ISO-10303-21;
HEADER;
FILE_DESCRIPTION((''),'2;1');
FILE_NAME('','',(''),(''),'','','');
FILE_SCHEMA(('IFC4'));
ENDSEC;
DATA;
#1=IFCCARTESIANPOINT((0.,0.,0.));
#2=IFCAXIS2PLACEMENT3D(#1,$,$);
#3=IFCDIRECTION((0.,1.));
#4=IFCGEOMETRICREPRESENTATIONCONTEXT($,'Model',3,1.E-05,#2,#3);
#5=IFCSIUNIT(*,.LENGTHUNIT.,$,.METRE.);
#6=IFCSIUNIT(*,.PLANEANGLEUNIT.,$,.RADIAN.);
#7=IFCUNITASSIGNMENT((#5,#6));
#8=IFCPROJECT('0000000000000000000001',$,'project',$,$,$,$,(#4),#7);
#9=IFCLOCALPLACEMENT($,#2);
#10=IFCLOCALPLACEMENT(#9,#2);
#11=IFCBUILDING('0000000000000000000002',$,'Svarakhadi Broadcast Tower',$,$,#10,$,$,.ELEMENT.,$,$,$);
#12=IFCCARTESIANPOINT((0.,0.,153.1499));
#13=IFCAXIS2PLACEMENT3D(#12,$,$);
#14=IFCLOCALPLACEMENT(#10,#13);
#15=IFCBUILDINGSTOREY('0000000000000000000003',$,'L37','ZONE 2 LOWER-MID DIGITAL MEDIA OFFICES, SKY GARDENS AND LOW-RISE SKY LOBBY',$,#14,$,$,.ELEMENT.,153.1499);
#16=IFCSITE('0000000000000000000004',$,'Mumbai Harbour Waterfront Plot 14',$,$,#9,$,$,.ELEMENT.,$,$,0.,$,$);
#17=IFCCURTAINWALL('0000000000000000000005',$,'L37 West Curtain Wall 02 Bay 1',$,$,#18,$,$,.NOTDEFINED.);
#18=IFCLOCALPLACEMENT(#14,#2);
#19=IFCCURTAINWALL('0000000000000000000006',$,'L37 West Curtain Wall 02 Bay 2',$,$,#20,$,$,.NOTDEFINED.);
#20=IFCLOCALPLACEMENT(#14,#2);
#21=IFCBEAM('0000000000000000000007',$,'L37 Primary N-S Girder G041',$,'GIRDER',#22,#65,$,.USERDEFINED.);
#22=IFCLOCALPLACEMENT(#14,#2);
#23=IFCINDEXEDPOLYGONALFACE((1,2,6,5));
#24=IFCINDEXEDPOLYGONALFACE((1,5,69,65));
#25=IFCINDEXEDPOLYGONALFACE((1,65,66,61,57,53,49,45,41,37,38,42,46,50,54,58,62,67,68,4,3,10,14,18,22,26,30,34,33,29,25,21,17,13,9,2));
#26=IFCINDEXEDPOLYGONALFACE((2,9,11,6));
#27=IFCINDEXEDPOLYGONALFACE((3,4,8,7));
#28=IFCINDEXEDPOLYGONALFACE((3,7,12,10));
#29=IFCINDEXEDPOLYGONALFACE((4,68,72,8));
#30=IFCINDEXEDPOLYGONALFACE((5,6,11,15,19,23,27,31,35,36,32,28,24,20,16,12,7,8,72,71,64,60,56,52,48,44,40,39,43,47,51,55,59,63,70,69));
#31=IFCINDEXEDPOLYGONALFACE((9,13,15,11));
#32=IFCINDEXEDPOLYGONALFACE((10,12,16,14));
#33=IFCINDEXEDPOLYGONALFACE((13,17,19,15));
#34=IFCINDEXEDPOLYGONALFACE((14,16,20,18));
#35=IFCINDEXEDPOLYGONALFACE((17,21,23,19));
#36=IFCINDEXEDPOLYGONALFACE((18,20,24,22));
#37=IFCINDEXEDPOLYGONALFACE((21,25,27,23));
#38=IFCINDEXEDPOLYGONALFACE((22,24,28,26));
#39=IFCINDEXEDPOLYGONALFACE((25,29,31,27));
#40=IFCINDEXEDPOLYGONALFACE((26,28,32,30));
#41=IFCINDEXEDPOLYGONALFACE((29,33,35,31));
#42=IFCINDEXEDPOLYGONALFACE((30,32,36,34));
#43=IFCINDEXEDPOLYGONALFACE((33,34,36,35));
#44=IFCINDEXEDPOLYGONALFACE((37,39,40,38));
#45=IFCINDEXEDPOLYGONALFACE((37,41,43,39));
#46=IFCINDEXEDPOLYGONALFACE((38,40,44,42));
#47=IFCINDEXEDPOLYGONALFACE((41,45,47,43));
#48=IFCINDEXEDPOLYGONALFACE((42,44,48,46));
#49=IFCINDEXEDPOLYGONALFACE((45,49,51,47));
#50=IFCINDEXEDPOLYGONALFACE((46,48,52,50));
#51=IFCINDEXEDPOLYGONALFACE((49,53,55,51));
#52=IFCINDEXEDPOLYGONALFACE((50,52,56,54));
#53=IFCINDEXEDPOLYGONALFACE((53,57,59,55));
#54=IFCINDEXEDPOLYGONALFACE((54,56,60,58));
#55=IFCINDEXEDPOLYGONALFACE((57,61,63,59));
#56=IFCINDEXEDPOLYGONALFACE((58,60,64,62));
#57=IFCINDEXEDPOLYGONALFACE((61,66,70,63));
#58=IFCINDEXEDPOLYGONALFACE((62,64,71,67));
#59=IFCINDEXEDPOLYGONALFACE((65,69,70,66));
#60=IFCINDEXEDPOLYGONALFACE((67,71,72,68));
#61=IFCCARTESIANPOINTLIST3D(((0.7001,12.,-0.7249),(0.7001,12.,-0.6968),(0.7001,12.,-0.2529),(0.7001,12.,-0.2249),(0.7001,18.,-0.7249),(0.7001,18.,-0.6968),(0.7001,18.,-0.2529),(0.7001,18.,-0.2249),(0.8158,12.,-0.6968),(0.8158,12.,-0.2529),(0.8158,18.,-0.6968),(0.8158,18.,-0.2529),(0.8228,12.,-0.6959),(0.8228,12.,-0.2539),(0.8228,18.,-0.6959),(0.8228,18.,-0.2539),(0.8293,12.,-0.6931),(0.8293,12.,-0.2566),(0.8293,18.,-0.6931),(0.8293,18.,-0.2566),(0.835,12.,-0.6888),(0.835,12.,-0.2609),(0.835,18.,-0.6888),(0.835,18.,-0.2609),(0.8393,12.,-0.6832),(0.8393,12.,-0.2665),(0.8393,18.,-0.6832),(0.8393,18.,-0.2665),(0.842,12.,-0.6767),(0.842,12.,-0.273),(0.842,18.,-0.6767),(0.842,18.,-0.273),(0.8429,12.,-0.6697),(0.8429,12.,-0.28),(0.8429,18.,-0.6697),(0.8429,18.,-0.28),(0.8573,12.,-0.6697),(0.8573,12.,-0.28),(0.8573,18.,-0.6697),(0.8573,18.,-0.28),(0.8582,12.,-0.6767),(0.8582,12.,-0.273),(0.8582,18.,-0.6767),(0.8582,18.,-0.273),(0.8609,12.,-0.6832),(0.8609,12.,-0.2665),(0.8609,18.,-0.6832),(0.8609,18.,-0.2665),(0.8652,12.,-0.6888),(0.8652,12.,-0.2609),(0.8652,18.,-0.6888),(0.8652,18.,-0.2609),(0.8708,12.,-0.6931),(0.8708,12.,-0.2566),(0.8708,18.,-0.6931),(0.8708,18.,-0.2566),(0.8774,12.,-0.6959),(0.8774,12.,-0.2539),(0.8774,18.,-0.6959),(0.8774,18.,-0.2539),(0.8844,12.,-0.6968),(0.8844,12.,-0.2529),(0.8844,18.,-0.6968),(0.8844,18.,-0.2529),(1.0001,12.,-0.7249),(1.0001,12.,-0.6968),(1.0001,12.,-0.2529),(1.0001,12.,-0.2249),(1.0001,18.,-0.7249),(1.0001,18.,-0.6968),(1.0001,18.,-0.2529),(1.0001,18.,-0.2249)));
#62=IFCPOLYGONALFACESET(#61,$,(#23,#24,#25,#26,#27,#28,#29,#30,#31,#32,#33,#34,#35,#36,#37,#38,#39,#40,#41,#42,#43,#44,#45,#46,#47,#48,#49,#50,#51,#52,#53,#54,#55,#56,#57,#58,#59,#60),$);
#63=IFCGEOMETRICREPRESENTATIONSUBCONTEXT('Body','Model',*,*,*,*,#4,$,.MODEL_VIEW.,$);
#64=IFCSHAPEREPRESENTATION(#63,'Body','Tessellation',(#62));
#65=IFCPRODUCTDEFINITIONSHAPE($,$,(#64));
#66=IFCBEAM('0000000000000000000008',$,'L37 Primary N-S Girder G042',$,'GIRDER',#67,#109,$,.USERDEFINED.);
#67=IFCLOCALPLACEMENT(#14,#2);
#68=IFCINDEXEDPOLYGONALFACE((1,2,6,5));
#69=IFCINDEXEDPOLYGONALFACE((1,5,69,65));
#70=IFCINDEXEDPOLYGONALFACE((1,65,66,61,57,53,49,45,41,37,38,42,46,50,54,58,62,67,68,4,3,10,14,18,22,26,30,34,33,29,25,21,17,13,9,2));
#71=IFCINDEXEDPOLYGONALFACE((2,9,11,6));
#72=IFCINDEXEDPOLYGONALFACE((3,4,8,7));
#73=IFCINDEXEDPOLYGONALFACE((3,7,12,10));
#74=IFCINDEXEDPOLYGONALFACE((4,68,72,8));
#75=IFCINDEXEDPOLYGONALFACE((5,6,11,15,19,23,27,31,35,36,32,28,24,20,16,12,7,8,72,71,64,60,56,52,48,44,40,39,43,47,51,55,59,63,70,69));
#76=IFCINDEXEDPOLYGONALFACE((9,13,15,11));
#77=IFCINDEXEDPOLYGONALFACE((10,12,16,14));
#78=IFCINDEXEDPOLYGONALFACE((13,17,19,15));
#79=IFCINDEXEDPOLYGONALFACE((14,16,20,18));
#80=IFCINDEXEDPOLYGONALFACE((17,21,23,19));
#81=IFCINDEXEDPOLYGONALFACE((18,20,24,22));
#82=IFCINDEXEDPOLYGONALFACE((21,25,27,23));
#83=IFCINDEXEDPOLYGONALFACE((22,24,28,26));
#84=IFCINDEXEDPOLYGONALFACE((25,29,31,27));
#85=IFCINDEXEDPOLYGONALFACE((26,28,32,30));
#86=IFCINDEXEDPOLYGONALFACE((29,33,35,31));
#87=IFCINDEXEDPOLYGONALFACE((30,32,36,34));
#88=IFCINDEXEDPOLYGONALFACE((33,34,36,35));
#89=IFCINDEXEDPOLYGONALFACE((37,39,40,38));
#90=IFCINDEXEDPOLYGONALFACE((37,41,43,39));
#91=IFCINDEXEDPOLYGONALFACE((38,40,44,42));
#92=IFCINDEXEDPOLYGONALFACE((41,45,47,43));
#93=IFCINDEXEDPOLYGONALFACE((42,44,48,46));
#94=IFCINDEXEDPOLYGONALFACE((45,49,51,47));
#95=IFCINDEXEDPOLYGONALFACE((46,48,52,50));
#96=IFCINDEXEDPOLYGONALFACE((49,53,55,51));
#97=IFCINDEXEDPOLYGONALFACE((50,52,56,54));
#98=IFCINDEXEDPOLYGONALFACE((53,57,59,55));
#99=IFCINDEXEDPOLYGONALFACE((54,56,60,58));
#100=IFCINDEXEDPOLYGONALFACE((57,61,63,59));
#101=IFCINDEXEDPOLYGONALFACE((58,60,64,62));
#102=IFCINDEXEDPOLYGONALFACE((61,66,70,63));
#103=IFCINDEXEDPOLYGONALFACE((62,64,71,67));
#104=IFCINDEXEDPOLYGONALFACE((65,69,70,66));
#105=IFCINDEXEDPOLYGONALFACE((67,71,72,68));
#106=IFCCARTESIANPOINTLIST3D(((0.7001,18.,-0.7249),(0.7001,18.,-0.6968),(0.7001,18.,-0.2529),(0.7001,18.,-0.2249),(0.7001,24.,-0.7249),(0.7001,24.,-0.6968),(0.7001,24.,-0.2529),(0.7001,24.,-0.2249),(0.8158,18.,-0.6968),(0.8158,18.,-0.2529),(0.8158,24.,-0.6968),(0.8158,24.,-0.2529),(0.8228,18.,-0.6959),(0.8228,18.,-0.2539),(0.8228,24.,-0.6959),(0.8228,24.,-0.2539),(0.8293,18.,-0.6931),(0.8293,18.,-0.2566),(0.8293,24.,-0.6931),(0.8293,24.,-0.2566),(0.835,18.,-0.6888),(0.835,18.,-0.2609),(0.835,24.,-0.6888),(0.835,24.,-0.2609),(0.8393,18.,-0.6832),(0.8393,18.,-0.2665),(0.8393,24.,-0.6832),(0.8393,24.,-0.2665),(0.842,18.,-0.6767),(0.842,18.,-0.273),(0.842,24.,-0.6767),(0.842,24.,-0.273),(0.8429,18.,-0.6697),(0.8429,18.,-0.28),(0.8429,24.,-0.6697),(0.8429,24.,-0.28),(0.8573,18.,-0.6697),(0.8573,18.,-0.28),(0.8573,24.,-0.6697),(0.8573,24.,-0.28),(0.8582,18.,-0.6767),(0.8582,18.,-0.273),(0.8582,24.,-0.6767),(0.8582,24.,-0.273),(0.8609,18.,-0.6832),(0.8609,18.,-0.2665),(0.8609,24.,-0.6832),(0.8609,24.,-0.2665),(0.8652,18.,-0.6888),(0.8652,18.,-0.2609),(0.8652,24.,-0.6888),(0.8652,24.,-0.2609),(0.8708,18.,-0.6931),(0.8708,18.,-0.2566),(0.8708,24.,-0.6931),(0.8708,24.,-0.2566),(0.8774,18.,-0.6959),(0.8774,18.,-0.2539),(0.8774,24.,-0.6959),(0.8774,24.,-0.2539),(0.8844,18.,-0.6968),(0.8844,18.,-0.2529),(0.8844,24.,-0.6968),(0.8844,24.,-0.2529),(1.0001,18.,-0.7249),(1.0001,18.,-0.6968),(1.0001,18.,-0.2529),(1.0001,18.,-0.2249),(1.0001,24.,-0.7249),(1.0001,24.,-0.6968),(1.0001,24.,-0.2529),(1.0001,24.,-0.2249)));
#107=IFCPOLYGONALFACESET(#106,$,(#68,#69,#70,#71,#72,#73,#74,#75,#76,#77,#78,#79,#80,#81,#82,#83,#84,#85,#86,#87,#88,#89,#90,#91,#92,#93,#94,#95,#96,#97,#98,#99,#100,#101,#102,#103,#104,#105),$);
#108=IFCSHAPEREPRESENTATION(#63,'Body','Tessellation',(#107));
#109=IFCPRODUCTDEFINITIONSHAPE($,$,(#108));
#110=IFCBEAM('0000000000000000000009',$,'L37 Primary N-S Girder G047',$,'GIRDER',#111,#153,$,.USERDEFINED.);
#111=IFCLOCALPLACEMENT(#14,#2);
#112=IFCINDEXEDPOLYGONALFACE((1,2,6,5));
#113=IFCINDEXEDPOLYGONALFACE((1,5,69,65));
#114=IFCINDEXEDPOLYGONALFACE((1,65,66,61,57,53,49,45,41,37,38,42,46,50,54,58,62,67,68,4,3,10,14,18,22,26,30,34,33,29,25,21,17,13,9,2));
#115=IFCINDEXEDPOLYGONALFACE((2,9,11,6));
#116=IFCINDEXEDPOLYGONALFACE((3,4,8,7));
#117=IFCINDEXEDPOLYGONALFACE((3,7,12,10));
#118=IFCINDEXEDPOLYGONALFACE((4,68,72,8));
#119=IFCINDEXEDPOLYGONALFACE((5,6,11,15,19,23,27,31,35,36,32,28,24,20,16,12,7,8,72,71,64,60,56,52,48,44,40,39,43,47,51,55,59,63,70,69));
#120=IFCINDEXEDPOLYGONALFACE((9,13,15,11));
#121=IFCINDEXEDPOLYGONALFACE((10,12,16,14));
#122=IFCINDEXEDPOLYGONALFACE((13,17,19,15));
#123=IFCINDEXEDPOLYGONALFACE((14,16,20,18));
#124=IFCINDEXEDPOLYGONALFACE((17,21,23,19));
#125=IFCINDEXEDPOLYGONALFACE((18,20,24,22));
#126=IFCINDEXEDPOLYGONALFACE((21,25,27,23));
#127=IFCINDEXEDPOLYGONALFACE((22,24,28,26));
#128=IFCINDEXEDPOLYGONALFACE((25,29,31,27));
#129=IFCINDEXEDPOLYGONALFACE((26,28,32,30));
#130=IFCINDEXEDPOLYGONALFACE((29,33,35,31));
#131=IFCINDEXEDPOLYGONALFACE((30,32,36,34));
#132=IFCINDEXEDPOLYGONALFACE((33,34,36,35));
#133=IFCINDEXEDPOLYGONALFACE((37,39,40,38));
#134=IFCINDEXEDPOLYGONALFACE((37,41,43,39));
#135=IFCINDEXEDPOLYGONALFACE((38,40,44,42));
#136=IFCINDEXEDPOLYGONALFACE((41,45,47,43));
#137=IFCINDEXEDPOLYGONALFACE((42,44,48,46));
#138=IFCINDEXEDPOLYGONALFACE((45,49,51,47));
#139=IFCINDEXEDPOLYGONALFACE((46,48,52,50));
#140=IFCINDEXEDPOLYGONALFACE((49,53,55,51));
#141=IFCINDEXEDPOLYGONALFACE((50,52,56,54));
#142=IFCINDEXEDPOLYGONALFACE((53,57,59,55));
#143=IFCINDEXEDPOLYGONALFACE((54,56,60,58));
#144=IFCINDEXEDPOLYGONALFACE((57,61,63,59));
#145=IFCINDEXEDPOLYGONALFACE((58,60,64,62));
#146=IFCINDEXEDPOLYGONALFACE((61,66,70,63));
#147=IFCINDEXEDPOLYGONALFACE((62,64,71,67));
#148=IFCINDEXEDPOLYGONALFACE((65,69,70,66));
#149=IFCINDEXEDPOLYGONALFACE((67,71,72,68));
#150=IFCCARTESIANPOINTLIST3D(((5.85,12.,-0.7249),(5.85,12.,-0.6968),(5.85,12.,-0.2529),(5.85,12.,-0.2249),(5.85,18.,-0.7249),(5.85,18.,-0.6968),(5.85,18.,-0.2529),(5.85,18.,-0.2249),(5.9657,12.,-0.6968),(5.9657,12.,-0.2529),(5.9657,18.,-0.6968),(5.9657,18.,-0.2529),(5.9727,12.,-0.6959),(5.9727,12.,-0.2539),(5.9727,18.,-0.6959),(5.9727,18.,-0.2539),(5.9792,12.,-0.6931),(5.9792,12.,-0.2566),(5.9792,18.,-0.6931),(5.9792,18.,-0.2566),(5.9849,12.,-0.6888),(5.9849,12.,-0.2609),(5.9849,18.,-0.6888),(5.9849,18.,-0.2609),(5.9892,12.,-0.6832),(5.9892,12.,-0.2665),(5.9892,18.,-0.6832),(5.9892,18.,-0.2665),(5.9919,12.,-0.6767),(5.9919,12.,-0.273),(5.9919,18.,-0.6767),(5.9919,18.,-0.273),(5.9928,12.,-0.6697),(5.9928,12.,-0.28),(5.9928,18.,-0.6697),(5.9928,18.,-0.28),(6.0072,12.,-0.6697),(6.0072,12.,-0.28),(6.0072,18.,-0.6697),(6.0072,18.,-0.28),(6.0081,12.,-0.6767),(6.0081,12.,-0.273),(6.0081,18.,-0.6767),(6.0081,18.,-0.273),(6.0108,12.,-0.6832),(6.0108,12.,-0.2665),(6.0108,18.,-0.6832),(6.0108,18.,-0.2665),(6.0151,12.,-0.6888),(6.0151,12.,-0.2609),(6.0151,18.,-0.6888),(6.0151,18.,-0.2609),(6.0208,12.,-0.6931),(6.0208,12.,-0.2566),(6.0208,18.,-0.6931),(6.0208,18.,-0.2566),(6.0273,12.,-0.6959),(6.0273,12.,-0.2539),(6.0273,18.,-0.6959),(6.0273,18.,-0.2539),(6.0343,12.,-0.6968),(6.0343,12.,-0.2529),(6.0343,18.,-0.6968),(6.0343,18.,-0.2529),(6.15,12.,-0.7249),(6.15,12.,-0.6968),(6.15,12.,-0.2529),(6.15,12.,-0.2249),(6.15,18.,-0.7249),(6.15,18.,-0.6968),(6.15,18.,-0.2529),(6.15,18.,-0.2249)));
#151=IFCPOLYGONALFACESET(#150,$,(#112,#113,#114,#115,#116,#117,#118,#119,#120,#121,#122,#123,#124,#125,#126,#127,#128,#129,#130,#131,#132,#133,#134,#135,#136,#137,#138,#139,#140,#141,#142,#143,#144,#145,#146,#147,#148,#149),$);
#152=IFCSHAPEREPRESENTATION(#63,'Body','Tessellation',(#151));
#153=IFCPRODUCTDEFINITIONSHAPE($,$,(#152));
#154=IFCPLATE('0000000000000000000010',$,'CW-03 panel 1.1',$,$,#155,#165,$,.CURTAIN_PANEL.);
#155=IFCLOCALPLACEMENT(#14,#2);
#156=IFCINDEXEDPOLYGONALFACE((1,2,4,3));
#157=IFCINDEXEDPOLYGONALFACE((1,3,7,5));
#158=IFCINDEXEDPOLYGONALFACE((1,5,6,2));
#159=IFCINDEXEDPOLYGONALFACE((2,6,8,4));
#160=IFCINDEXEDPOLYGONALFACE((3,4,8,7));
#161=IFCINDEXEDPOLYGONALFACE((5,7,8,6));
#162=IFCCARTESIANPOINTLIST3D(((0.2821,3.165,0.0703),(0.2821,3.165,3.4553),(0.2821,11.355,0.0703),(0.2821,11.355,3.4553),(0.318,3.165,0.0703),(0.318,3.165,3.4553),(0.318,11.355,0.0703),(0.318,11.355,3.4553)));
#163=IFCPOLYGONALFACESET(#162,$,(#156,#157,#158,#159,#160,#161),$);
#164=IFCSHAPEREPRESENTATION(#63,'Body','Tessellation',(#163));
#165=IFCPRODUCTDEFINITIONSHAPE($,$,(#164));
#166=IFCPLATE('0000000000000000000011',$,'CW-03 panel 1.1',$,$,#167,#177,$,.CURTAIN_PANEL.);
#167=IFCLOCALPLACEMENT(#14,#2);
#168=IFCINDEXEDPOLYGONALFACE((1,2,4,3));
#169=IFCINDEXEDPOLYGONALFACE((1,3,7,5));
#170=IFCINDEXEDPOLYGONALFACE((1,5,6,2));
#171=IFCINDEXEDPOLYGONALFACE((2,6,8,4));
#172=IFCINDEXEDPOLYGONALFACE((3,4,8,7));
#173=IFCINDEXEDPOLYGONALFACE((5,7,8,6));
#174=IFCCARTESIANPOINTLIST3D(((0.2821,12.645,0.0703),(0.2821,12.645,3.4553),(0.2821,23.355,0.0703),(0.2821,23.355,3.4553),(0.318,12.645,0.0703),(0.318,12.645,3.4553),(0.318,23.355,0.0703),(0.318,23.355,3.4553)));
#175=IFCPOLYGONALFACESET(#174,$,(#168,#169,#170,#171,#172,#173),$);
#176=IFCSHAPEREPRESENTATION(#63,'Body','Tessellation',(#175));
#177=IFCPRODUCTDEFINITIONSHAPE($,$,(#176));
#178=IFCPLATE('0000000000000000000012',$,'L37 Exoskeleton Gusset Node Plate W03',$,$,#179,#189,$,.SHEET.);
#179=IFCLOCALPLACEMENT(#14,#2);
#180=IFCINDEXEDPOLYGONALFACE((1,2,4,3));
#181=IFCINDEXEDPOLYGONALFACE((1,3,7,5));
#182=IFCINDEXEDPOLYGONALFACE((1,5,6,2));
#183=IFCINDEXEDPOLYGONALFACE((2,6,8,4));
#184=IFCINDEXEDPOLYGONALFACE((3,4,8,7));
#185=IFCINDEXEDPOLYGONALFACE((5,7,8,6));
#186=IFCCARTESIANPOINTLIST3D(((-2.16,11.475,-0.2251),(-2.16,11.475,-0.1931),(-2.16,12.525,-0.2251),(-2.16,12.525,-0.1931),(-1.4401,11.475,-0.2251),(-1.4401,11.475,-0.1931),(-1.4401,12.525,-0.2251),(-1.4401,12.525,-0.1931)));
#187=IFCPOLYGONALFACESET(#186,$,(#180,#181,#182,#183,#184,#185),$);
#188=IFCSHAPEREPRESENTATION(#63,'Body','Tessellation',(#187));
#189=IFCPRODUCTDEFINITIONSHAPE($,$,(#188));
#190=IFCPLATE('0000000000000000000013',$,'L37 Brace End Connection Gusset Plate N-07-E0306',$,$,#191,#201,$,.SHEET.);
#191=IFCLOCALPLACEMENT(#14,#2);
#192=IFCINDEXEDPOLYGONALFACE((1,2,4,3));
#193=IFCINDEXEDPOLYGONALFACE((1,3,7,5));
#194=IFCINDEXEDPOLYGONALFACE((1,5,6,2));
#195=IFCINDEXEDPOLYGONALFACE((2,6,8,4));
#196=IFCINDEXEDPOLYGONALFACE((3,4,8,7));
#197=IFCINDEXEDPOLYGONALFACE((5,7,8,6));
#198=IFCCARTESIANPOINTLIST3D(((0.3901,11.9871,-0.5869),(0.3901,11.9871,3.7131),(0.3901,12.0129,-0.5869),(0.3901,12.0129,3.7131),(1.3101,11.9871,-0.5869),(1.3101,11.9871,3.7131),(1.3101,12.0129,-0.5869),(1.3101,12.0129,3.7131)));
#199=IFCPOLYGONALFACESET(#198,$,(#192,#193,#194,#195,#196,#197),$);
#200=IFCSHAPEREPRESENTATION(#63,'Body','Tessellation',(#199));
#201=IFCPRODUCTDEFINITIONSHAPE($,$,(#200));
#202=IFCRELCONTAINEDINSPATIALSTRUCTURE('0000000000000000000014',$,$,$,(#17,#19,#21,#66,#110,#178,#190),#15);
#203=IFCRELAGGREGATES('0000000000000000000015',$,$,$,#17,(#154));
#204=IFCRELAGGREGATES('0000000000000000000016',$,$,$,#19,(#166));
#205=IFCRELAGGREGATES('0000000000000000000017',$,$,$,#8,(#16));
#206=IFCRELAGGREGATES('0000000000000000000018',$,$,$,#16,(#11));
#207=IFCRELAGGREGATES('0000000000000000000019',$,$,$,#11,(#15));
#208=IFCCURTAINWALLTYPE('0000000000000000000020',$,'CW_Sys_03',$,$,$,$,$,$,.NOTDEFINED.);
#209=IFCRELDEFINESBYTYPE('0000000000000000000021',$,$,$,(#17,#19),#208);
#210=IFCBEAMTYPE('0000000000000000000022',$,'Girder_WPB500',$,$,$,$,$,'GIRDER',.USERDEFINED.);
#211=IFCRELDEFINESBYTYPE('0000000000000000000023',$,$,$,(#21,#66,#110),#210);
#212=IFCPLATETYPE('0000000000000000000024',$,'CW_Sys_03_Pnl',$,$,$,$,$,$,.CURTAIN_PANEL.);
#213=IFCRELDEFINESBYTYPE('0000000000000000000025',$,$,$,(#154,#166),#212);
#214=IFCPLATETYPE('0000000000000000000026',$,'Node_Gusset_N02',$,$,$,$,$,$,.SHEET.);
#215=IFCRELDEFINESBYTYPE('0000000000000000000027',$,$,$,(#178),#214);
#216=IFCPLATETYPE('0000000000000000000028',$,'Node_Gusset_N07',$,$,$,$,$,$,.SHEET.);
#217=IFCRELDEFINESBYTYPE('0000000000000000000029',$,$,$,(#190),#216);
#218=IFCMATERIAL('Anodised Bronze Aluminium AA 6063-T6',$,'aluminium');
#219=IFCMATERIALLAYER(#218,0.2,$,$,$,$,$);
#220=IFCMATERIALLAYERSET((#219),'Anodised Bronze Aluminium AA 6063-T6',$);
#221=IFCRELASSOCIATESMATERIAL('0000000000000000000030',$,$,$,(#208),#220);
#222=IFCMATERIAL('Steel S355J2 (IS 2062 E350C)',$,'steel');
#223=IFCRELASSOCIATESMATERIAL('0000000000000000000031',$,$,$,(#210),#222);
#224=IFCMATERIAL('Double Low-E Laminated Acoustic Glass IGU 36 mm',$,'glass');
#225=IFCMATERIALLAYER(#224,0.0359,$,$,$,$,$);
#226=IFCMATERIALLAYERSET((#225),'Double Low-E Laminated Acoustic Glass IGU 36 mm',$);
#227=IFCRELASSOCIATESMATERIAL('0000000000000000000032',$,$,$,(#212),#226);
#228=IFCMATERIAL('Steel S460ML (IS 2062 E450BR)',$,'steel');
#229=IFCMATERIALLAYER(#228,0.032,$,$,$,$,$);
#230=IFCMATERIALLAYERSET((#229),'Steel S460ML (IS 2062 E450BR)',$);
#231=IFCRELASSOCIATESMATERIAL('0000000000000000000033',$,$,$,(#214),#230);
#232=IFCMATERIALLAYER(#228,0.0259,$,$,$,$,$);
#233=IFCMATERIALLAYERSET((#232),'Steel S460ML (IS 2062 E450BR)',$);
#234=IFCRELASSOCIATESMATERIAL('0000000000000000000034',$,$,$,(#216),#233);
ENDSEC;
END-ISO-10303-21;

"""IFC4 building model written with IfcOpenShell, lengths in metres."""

from ifc_helpers import new_model, si_unit, direction, frame, origin, origin_2d, place, context, subcontext, project, spatial, rectangle, i_section, extrude, material, layer, layer_set, material_profile, profile_set, type_object, element, aggregate, save


model = new_model("IFC4")

# Units and contexts
model_context = context("Model", 3, precision=1e-05, world=origin(), true_north=direction((0.0, 1.0)))
body_context = subcontext(model_context, "Body", "Model", "MODEL_VIEW")
ifc_project = project(units=[si_unit("LENGTHUNIT", "METRE"), si_unit("PLANEANGLEUNIT", "RADIAN")], contexts=[model_context])

# Site, building, storey
site_placement = place(None, origin())
site = spatial("IfcSite", under=ifc_project, at=site_placement, Name="Mumbai Harbour Waterfront Plot 14", CompositionType="ELEMENT", RefElevation=0.0)
building_placement = place(site_placement, origin())
building = spatial("IfcBuilding", under=site, at=building_placement, Name="Svarakhadi Broadcast Tower", CompositionType="ELEMENT")
storey_placement = place(building_placement, frame((0.0, 0.0, 153.1499)))
storey = spatial("IfcBuildingStorey", under=building, at=storey_placement, Name="L37", Description="ZONE 2 LOWER-MID DIGITAL MEDIA OFFICES, SKY GARDENS AND LOW-RISE SKY LOBBY", CompositionType="ELEMENT", Elevation=153.1499)

# Shared definitions
ifc_material_1 = material(Name="Steel S460ML (IS 2062 E450BR)", Category="steel")

# Shared definitions
ifc_material_2 = material(Name="Steel S355J2 (IS 2062 E350C)", Category="steel")

# Curtain wall
ifc_material_3 = material(Name="Anodised Bronze Aluminium AA 6063-T6", Category="aluminium")
ifc_layer_1 = layer(ifc_material_3, 0.2)
ifc_layer_set_1 = layer_set([ifc_layer_1], Name="Anodised Bronze Aluminium AA 6063-T6")
curtain_wall_type = type_object("IfcCurtainWallType", Name="CW_Sys_03", PredefinedType="NOTDEFINED", material=ifc_layer_set_1)
curtain_wall_1_placement = place(storey_placement, origin())
curtain_wall_1 = element("IfcCurtainWall", 1, at=curtain_wall_1_placement, inside=storey, type_object=curtain_wall_type, Name="L37 West Curtain Wall 02 Bay 1", PredefinedType="NOTDEFINED")

# Curtain wall
curtain_wall_2_placement = place(storey_placement, origin())
curtain_wall_2 = element("IfcCurtainWall", 2, at=curtain_wall_2_placement, inside=storey, type_object=curtain_wall_type, Name="L37 West Curtain Wall 02 Bay 2", PredefinedType="NOTDEFINED")

# Beams
ifc_material_profile_1 = material_profile(ifc_material_2, i_section(OverallWidth=0.3, OverallDepth=0.5, WebThickness=0.0144, FlangeThickness=0.0281, FilletRadius=0.0271, at=origin_2d()), Name="WPB 500x300x187")
ifc_profile_set_1 = profile_set([ifc_material_profile_1], Name="Steel S355J2 (IS 2062 E350C)")
beam_type_1 = type_object("IfcBeamType", Name="Girder_WPB500", ElementType="GIRDER", PredefinedType="USERDEFINED", material=ifc_profile_set_1)
for number, where, z_axis, x_axis, name in (
    (3, (0.8501, 12.0, -0.4749), (0.0, 1.0, 0.0), (-1.0, 0.0, 0.0), "L37 Primary N-S Girder G041"),
    (4, (0.8501, 18.0, -0.4749), (0.0, 1.0, 0.0), (-1.0, 0.0, 0.0), "L37 Primary N-S Girder G042"),
    (5, (6.0, 12.0, -0.4749), (0.0, 1.0, 0.0), (-1.0, 0.0, 0.0), "L37 Primary N-S Girder G047"),
):
    element("IfcBeam", number, at=place(storey_placement, frame(where, z_axis=z_axis, x_axis=x_axis)), inside=storey, type_object=beam_type_1, Name=name, ObjectType="GIRDER", PredefinedType="USERDEFINED", context=body_context, shape_type="SweptSolid", body=[
        extrude(i_section(OverallWidth=0.3, OverallDepth=0.5, WebThickness=0.0144, FlangeThickness=0.0281, FilletRadius=0.0271, at=origin_2d()), origin(), (0.0, 0.0, 1.0), 6.0),
    ])

# Plates
ifc_material_4 = material(Name="Double Low-E Laminated Acoustic Glass IGU 36 mm", Category="glass")
ifc_layer_2 = layer(ifc_material_4, 0.0359)
ifc_layer_set_2 = layer_set([ifc_layer_2], Name="Double Low-E Laminated Acoustic Glass IGU 36 mm")
plate_type_1 = type_object("IfcPlateType", Name="CW_Sys_03_Pnl", PredefinedType="CURTAIN_PANEL", material=ifc_layer_set_2)
plate_1_placement = place(storey_placement, frame((0.3, 7.26, 0.0703), z_axis=(0.0, 0.0, 1.0), x_axis=(0.0, 1.0, 0.0)))
plate_1 = element("IfcPlate", 6, at=plate_1_placement, type_object=plate_type_1, Name="CW-03 panel 1.1", PredefinedType="CURTAIN_PANEL", context=body_context, shape_type="SweptSolid", body=[
    extrude(rectangle(XDim=8.1899, YDim=0.0359, at=origin_2d()), origin(), (0.0, 0.0, 1.0), 3.385),
])
aggregate(curtain_wall_1, [plate_1])
plate_2_placement = place(storey_placement, frame((0.3, 18.0, 0.0703), z_axis=(0.0, 0.0, 1.0), x_axis=(0.0, 1.0, 0.0)))
plate_2 = element("IfcPlate", 7, at=plate_2_placement, type_object=plate_type_1, Name="CW-03 panel 1.1", PredefinedType="CURTAIN_PANEL", context=body_context, shape_type="SweptSolid", body=[
    extrude(rectangle(XDim=10.71, YDim=0.0359, at=origin_2d()), origin(), (0.0, 0.0, 1.0), 3.385),
])
aggregate(curtain_wall_2, [plate_2])

# Plates
ifc_layer_3 = layer(ifc_material_1, 0.032)
ifc_layer_set_3 = layer_set([ifc_layer_3], Name="Steel S460ML (IS 2062 E450BR)")
plate_type_2 = type_object("IfcPlateType", Name="Node_Gusset_N02", PredefinedType="SHEET", material=ifc_layer_set_3)
plate_3_placement = place(storey_placement, frame((-1.8, 12.0, -0.2251), z_axis=(0.0, 0.0, 1.0), x_axis=(0.0, 1.0, 0.0)))
element("IfcPlate", 8, at=plate_3_placement, inside=storey, type_object=plate_type_2, Name="L37 Exoskeleton Gusset Node Plate W03", PredefinedType="SHEET", context=body_context, shape_type="SweptSolid", body=[
    extrude(rectangle(XDim=1.05, YDim=0.72, at=origin_2d()), origin(), (0.0, 0.0, 1.0), 0.032),
])
ifc_layer_4 = layer(ifc_material_1, 0.0259)
ifc_layer_set_4 = layer_set([ifc_layer_4], Name="Steel S460ML (IS 2062 E450BR)")
plate_type_3 = type_object("IfcPlateType", Name="Node_Gusset_N07", PredefinedType="SHEET", material=ifc_layer_set_4)
plate_4_placement = place(storey_placement, frame((0.8501, 12.0, -0.5869), z_axis=(0.0, 0.0, 1.0), x_axis=(1.0, 0.0, 0.0)))
element("IfcPlate", 9, at=plate_4_placement, inside=storey, type_object=plate_type_3, Name="L37 Brace End Connection Gusset Plate N-07-E0306", PredefinedType="SHEET", context=body_context, shape_type="SweptSolid", body=[
    extrude(rectangle(XDim=0.9199, YDim=0.0259, at=origin_2d()), origin(), (0.0, 0.0, 1.0), 4.3),
])

save(model, "model.ifc")
